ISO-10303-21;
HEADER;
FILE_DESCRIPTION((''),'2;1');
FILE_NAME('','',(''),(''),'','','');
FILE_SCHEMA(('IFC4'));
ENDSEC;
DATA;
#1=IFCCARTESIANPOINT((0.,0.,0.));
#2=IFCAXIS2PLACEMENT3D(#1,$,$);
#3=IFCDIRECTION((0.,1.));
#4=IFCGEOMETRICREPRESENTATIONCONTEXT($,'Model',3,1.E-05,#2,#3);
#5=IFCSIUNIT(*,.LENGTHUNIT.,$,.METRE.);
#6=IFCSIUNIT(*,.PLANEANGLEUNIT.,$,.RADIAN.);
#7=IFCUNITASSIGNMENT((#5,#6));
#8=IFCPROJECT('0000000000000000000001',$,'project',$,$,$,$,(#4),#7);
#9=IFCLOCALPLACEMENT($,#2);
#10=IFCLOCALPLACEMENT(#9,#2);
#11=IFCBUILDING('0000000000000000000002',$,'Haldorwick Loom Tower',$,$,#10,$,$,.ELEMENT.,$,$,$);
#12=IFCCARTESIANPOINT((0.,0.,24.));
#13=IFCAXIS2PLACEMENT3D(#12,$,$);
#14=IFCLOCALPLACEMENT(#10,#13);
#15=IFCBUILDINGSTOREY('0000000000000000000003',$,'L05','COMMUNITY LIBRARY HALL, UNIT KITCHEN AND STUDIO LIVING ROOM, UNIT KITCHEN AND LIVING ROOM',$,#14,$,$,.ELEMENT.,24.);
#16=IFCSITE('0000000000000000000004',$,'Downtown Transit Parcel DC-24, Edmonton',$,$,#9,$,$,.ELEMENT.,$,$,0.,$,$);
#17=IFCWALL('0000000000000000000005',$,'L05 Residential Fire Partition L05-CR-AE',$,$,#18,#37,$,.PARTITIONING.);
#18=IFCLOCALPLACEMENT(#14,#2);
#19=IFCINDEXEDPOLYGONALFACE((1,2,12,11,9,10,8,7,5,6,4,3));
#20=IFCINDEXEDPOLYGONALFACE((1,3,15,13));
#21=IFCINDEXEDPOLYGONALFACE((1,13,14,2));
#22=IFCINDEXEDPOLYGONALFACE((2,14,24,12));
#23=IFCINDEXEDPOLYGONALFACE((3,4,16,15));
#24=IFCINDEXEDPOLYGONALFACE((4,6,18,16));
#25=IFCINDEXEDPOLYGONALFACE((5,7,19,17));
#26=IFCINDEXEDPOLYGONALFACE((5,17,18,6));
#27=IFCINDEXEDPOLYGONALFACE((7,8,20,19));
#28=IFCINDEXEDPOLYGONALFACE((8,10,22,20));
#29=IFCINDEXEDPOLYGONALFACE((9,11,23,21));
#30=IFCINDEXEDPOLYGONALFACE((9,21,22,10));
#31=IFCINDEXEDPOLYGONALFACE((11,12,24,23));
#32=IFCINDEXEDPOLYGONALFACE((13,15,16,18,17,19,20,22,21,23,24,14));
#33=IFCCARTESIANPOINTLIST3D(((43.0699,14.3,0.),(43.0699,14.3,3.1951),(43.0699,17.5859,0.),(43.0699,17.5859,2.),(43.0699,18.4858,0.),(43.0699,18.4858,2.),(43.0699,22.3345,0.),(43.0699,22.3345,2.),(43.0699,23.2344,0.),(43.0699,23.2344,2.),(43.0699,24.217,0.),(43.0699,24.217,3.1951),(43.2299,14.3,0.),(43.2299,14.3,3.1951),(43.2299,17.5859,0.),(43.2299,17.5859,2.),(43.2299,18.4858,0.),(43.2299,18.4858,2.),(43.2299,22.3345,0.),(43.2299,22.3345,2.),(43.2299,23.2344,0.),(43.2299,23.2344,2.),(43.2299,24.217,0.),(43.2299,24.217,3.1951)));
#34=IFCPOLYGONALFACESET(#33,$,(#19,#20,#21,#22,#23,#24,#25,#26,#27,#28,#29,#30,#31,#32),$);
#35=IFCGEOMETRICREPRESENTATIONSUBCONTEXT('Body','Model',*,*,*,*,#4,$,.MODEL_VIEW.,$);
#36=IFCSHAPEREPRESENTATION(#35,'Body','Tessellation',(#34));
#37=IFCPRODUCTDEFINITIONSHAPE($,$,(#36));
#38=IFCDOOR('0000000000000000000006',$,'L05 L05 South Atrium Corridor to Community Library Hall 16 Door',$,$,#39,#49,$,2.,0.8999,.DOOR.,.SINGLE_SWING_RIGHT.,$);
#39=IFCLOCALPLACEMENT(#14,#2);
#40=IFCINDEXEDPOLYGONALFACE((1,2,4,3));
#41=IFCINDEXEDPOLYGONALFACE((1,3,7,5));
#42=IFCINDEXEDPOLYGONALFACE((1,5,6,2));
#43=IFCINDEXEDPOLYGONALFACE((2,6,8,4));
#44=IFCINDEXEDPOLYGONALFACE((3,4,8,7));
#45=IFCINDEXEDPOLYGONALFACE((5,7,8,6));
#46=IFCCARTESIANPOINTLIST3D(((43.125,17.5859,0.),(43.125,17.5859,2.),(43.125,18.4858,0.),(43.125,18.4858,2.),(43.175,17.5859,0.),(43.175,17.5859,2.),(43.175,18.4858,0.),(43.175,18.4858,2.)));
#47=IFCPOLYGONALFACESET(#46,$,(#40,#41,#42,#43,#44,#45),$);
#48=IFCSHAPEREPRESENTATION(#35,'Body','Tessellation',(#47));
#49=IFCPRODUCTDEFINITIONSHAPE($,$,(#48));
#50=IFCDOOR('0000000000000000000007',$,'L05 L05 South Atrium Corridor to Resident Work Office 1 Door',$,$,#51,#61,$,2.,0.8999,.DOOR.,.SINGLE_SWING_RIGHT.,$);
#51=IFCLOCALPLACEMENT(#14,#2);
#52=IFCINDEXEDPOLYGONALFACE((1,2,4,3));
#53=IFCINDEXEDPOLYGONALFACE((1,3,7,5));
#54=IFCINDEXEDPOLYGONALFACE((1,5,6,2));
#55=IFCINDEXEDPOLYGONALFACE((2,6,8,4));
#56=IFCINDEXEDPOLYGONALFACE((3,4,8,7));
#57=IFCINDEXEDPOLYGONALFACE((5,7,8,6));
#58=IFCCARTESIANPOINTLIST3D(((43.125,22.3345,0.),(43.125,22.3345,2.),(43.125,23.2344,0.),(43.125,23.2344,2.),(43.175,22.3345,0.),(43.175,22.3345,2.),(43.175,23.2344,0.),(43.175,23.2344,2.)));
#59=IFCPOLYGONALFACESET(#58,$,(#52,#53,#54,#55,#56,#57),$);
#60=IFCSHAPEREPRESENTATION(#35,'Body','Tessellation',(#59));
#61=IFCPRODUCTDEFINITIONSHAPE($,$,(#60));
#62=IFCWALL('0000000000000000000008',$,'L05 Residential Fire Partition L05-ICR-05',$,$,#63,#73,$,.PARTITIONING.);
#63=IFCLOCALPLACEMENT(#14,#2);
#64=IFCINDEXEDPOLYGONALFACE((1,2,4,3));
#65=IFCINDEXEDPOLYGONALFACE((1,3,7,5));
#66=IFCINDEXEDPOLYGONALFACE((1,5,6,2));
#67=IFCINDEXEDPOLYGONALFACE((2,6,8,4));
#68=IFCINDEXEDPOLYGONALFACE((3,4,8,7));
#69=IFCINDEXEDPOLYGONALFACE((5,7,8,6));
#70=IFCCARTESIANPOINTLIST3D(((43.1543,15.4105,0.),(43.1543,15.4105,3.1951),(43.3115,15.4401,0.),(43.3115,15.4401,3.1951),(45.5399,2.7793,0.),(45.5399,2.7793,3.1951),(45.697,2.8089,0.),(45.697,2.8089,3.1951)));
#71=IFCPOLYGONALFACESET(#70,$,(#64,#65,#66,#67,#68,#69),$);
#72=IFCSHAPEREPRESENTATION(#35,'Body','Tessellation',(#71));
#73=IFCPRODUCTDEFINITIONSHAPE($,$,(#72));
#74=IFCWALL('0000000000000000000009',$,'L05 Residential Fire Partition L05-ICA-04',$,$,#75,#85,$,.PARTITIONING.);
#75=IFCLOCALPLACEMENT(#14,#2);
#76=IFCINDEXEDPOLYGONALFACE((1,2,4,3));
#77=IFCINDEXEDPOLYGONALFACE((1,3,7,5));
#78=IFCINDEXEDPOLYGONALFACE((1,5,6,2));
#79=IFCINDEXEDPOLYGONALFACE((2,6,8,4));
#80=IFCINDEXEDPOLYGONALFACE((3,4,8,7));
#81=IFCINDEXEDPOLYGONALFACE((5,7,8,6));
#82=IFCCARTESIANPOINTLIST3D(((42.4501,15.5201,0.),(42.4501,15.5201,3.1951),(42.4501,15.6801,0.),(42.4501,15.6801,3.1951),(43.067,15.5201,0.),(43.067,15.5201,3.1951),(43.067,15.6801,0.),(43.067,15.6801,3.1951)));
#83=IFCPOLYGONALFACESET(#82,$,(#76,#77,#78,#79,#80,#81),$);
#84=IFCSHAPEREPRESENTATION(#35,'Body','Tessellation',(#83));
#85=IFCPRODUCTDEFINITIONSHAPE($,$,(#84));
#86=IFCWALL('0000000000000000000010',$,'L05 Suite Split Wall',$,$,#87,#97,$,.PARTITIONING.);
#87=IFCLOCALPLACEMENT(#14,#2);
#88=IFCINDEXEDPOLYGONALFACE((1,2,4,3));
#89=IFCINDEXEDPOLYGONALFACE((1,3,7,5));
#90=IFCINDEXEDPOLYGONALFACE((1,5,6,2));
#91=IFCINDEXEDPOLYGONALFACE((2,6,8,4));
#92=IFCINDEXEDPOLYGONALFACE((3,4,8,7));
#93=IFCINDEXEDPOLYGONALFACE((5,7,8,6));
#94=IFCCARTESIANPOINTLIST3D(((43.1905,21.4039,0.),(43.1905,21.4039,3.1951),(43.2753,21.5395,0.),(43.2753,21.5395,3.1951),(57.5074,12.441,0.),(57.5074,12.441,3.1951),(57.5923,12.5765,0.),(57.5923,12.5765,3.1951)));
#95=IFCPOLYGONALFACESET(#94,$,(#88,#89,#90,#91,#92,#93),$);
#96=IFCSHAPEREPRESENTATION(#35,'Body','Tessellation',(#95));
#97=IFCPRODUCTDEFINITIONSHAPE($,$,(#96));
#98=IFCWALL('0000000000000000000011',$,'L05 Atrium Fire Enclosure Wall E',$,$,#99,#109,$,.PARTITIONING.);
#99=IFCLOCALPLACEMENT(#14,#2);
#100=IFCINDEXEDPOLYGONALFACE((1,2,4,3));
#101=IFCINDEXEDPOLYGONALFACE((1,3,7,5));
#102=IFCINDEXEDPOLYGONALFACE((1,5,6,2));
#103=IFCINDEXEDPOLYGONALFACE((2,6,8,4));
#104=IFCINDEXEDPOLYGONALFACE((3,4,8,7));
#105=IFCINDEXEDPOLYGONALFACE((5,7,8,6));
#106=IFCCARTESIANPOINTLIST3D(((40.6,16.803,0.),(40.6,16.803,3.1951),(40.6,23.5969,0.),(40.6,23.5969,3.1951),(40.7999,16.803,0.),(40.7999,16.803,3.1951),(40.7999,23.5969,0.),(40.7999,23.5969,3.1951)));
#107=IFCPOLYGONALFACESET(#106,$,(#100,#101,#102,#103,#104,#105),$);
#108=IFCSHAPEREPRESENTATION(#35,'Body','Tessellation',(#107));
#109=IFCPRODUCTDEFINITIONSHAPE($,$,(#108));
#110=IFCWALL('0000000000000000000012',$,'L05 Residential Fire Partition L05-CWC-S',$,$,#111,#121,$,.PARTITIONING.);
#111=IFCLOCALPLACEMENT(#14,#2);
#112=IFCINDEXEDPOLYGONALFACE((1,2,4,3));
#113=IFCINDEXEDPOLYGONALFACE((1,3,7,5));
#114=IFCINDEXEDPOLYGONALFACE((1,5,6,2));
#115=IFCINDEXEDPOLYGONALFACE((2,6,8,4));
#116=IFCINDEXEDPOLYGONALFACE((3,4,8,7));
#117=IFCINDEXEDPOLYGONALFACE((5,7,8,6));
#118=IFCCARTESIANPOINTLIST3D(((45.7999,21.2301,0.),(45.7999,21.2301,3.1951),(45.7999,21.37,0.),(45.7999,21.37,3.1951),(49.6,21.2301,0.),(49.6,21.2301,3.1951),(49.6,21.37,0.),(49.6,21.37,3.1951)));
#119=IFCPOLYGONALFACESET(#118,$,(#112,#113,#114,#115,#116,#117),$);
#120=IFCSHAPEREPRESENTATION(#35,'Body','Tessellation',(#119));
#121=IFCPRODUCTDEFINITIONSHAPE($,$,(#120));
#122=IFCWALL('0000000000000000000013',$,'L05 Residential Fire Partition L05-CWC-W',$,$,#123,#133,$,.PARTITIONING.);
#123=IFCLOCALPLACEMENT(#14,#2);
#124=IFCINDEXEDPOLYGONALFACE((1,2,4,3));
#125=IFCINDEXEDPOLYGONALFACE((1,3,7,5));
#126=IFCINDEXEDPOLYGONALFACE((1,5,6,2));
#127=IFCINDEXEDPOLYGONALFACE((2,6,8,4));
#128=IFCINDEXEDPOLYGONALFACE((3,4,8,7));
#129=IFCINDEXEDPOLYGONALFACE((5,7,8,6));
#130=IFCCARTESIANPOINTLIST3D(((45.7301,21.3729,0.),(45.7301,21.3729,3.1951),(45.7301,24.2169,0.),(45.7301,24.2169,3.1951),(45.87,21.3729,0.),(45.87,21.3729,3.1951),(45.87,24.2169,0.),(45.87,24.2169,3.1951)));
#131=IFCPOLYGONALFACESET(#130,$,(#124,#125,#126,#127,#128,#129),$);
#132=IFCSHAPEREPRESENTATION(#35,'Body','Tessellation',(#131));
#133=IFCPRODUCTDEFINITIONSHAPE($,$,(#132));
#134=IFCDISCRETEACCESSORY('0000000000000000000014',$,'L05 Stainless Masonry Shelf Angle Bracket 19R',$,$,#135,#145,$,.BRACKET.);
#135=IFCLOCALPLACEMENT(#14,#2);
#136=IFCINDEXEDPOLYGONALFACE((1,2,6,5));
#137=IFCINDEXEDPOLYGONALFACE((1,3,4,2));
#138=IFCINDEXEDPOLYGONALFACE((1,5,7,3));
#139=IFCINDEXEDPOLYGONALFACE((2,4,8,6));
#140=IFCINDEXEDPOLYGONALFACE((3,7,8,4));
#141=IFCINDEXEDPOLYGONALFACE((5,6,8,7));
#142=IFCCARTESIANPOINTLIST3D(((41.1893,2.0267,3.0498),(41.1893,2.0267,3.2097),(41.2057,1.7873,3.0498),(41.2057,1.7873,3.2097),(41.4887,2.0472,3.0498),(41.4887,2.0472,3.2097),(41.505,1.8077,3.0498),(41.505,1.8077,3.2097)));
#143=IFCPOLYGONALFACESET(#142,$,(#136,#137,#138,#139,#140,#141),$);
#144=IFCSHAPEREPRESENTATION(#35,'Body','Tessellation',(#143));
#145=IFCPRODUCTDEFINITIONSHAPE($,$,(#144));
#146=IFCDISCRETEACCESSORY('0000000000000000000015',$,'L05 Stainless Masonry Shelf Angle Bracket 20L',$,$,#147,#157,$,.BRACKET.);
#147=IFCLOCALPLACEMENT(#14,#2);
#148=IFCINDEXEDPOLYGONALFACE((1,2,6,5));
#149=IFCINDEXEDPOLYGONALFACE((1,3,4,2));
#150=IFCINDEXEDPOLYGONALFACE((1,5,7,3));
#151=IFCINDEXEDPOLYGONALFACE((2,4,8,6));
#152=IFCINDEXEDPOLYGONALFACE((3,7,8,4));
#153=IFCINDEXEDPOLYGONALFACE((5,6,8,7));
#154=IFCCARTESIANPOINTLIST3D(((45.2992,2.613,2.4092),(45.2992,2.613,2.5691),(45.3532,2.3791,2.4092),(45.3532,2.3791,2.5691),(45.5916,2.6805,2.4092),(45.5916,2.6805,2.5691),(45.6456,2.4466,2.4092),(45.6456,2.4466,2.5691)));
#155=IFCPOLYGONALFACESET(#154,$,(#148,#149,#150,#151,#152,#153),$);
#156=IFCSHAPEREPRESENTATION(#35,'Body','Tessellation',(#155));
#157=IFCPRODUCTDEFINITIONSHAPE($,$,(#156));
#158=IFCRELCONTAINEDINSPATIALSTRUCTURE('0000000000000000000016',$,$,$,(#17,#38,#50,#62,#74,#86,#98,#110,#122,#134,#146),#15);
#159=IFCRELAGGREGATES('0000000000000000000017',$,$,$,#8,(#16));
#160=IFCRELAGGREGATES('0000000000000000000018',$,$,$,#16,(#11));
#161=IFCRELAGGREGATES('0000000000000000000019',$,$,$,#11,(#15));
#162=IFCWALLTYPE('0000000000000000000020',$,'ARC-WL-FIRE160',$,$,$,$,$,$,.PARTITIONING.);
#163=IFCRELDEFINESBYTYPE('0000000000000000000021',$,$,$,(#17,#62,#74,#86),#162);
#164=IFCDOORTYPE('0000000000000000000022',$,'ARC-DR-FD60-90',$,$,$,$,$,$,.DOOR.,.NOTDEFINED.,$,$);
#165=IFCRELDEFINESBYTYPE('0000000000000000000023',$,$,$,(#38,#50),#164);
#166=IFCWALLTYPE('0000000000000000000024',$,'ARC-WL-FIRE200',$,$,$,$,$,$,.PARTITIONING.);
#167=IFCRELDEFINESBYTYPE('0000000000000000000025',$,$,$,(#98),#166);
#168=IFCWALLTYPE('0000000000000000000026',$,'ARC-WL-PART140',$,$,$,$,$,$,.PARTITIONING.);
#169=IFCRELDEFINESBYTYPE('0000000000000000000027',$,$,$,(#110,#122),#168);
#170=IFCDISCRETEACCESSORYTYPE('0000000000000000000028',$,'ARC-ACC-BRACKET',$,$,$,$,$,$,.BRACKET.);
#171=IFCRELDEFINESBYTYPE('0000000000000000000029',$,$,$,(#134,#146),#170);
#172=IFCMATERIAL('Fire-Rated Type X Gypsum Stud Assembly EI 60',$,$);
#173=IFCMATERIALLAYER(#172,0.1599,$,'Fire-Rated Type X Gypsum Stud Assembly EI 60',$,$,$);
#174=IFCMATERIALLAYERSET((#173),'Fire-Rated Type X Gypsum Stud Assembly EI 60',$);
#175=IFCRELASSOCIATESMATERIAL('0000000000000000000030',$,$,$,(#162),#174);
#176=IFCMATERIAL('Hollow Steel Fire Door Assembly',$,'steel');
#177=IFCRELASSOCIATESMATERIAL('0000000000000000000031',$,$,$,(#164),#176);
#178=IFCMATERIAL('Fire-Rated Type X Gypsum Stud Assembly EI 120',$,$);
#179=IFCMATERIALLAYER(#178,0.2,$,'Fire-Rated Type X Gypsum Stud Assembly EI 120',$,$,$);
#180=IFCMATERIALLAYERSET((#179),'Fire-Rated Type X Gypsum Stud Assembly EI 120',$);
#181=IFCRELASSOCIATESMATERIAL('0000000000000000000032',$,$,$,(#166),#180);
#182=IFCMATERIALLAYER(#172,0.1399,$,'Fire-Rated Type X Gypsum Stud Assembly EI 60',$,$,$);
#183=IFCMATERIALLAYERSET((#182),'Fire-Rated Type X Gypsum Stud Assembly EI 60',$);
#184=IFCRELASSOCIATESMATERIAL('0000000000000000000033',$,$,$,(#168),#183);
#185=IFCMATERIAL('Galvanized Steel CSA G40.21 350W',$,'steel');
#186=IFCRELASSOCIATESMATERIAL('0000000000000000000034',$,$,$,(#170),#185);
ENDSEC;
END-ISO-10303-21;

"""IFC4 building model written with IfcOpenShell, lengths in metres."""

from ifc_helpers import new_model, si_unit, direction, frame, frame_2d, origin, origin_2d, place, context, subcontext, project, spatial, rectangle, extrude, material, layer, layer_set, type_object, element, fill, save


model = new_model("IFC4")

# Units and contexts
model_context = context("Model", 3, precision=1e-05, world=origin(), true_north=direction((0.0, 1.0)))
body_context = subcontext(model_context, "Body", "Model", "MODEL_VIEW")
ifc_project = project(units=[si_unit("LENGTHUNIT", "METRE"), si_unit("PLANEANGLEUNIT", "RADIAN")], contexts=[model_context])

# Site, building, storey
site_placement = place(None, origin())
site = spatial("IfcSite", under=ifc_project, at=site_placement, Name="Downtown Transit Parcel DC-24, Edmonton", CompositionType="ELEMENT", RefElevation=0.0)
building_placement = place(site_placement, origin())
building = spatial("IfcBuilding", under=site, at=building_placement, Name="Haldorwick Loom Tower", CompositionType="ELEMENT")
storey_placement = place(building_placement, frame((0.0, 0.0, 24.0)))
storey = spatial("IfcBuildingStorey", under=building, at=storey_placement, Name="L05", Description="COMMUNITY LIBRARY HALL, UNIT KITCHEN AND STUDIO LIVING ROOM, UNIT KITCHEN AND LIVING ROOM", CompositionType="ELEMENT", Elevation=24.0)

# Wall, openings, doors
ifc_material_1 = material(Name="Fire-Rated Type X Gypsum Stud Assembly EI 60")
ifc_layer_1 = layer(ifc_material_1, 0.1599, Name="Fire-Rated Type X Gypsum Stud Assembly EI 60")
ifc_layer_set_1 = layer_set([ifc_layer_1], Name="Fire-Rated Type X Gypsum Stud Assembly EI 60")
wall_type_1 = type_object("IfcWallType", Name="ARC-WL-FIRE160", PredefinedType="PARTITIONING", material=ifc_layer_set_1)
wall_1_placement = place(storey_placement, frame((43.1499, 14.3, 0.0), z_axis=(0.0, 0.0, 1.0), x_axis=(0.0, 1.0, 0.0)))
wall_1 = element("IfcWall", 1, at=wall_1_placement, inside=storey, type_object=wall_type_1, Name="L05 Residential Fire Partition L05-CR-AE", PredefinedType="PARTITIONING", context=body_context, shape_type="SweptSolid", body=[
    extrude(rectangle(XDim=9.917, YDim=0.1599, at=frame_2d((4.9585, 0.0))), origin(), (0.0, 0.0, 1.0), 3.1951),
])
opening_1_placement = place(wall_1_placement, frame((3.2859, 0.0, 0.0)))
opening_1 = element("IfcOpeningElement", 2, at=opening_1_placement, cuts=wall_1, PredefinedType="OPENING", context=body_context, shape_type="SweptSolid", body=[
    extrude(rectangle(XDim=0.8999, YDim=2.0, at=frame_2d((0.45, 1.0))), frame((0.0, 0.0898, 0.0), z_axis=(0.0, -1.0, 0.0), x_axis=(1.0, 0.0, 0.0)), (0.0, 0.0, 1.0), 0.1799),
])
opening_2_placement = place(wall_1_placement, frame((8.0344, 0.0, 0.0)))
opening_2 = element("IfcOpeningElement", 3, at=opening_2_placement, cuts=wall_1, PredefinedType="OPENING", context=body_context, shape_type="SweptSolid", body=[
    extrude(rectangle(XDim=0.8999, YDim=2.0, at=frame_2d((0.45, 1.0))), frame((0.0, 0.0898, 0.0), z_axis=(0.0, -1.0, 0.0), x_axis=(1.0, 0.0, 0.0)), (0.0, 0.0, 1.0), 0.1799),
])
ifc_material_2 = material(Name="Hollow Steel Fire Door Assembly", Category="steel")
door_type = type_object("IfcDoorType", Name="ARC-DR-FD60-90", OperationType="NOTDEFINED", PredefinedType="DOOR", material=ifc_material_2)
door_1_placement = place(opening_1_placement, origin())
door_1 = element("IfcDoor", 4, at=door_1_placement, inside=storey, type_object=door_type, Name="L05 L05 South Atrium Corridor to Community Library Hall 16 Door", OperationType="SINGLE_SWING_RIGHT", OverallHeight=2.0, OverallWidth=0.8999, PredefinedType="DOOR", context=body_context, shape_type="SweptSolid", body=[
    extrude(rectangle(XDim=0.8999, YDim=2.0, at=frame_2d((0.45, 1.0))), frame((0.0, 0.0249, 0.0), z_axis=(0.0, -1.0, 0.0), x_axis=(1.0, 0.0, 0.0)), (0.0, 0.0, 1.0), 0.05),
])
fill(opening_1, door_1)
door_2_placement = place(opening_2_placement, origin())
door_2 = element("IfcDoor", 5, at=door_2_placement, inside=storey, type_object=door_type, Name="L05 L05 South Atrium Corridor to Resident Work Office 1 Door", OperationType="SINGLE_SWING_RIGHT", OverallHeight=2.0, OverallWidth=0.8999, PredefinedType="DOOR", context=body_context, shape_type="SweptSolid", body=[
    extrude(rectangle(XDim=0.8999, YDim=2.0, at=frame_2d((0.45, 1.0))), frame((0.0, 0.0249, 0.0), z_axis=(0.0, -1.0, 0.0), x_axis=(1.0, 0.0, 0.0)), (0.0, 0.0, 1.0), 0.05),
])
fill(opening_2, door_2)

# Walls
wall_2_placement = place(storey_placement, frame((43.2329, 15.4253, 0.0), z_axis=(0.0, 0.0, 1.0), x_axis=(0.185578, -0.982629, 0.0)))
element("IfcWall", 6, at=wall_2_placement, inside=storey, type_object=wall_type_1, Name="L05 Residential Fire Partition L05-ICR-05", PredefinedType="PARTITIONING", context=body_context, shape_type="SweptSolid", body=[
    extrude(rectangle(XDim=12.8545, YDim=0.1599, at=frame_2d((6.4272, 0.0))), origin(), (0.0, 0.0, 1.0), 3.1951),
])
wall_3_placement = place(storey_placement, frame((42.45, 15.6001, 0.0), z_axis=(0.0, 0.0, 1.0), x_axis=(1.0, 0.0, 0.0)))
element("IfcWall", 7, at=wall_3_placement, inside=storey, type_object=wall_type_1, Name="L05 Residential Fire Partition L05-ICA-04", PredefinedType="PARTITIONING", context=body_context, shape_type="SweptSolid", body=[
    extrude(rectangle(XDim=0.6169, YDim=0.1599, at=frame_2d((0.3086, 0.0))), origin(), (0.0, 0.0, 1.0), 3.1951),
])
wall_4_placement = place(storey_placement, frame((43.2329, 21.4717, 0.0), z_axis=(0.0, 0.0, 1.0), x_axis=(0.847603, -0.53063, 0.0)))
element("IfcWall", 8, at=wall_4_placement, inside=storey, type_object=wall_type_1, Name="L05 Suite Split Wall", PredefinedType="PARTITIONING", context=body_context, shape_type="SweptSolid", body=[
    extrude(rectangle(XDim=16.8911, YDim=0.1599, at=frame_2d((8.4456, 0.0))), origin(), (0.0, 0.0, 1.0), 3.1951),
])
ifc_material_3 = material(Name="Fire-Rated Type X Gypsum Stud Assembly EI 120")
ifc_layer_2 = layer(ifc_material_3, 0.2, Name="Fire-Rated Type X Gypsum Stud Assembly EI 120")
ifc_layer_set_2 = layer_set([ifc_layer_2], Name="Fire-Rated Type X Gypsum Stud Assembly EI 120")
wall_type_2 = type_object("IfcWallType", Name="ARC-WL-FIRE200", PredefinedType="PARTITIONING", material=ifc_layer_set_2)
wall_5_placement = place(storey_placement, frame((40.7, 23.5969, 0.0), z_axis=(0.0, 0.0, 1.0), x_axis=(0.0, -1.0, 0.0)))
element("IfcWall", 9, at=wall_5_placement, inside=storey, type_object=wall_type_2, Name="L05 Atrium Fire Enclosure Wall E", PredefinedType="PARTITIONING", context=body_context, shape_type="SweptSolid", body=[
    extrude(rectangle(XDim=6.7939, YDim=0.2, at=frame_2d((3.397, 0.0))), origin(), (0.0, 0.0, 1.0), 3.1951),
])
ifc_layer_3 = layer(ifc_material_1, 0.1399, Name="Fire-Rated Type X Gypsum Stud Assembly EI 60")
ifc_layer_set_3 = layer_set([ifc_layer_3], Name="Fire-Rated Type X Gypsum Stud Assembly EI 60")
wall_type_3 = type_object("IfcWallType", Name="ARC-WL-PART140", PredefinedType="PARTITIONING", material=ifc_layer_set_3)
wall_6_placement = place(storey_placement, frame((45.8, 21.3, 0.0), z_axis=(0.0, 0.0, 1.0), x_axis=(1.0, 0.0, 0.0)))
element("IfcWall", 10, at=wall_6_placement, inside=storey, type_object=wall_type_3, Name="L05 Residential Fire Partition L05-CWC-S", PredefinedType="PARTITIONING", context=body_context, shape_type="SweptSolid", body=[
    extrude(rectangle(XDim=3.8, YDim=0.1399, at=frame_2d((1.8999, 0.0))), origin(), (0.0, 0.0, 1.0), 3.1951),
])
wall_7_placement = place(storey_placement, frame((45.8, 21.373, 0.0), z_axis=(0.0, 0.0, 1.0), x_axis=(0.0, 1.0, 0.0)))
element("IfcWall", 11, at=wall_7_placement, inside=storey, type_object=wall_type_3, Name="L05 Residential Fire Partition L05-CWC-W", PredefinedType="PARTITIONING", context=body_context, shape_type="SweptSolid", body=[
    extrude(rectangle(XDim=2.844, YDim=0.1399, at=frame_2d((1.4219, 0.0))), origin(), (0.0, 0.0, 1.0), 3.1951),
])

# Discrete accessories
ifc_material_4 = material(Name="Galvanized Steel CSA G40.21 350W", Category="steel")
discrete_accessory_type = type_object("IfcDiscreteAccessoryType", Name="ARC-ACC-BRACKET", PredefinedType="BRACKET", material=ifc_material_4)
for number, where, z_axis, x_axis, name in (
    (12, (41.3472, 1.9172, 3.0498), (0.0, 0.0, 1.0), (0.997684, 0.068015, 0.0), "L05 Stainless Masonry Shelf Angle Bracket 19R"),
    (13, (45.4724, 2.5298, 2.4092), (0.0, 0.0, 1.0), (0.97437, 0.224951, 0.0), "L05 Stainless Masonry Shelf Angle Bracket 20L"),
):
    element("IfcDiscreteAccessory", number, at=place(storey_placement, frame(where, z_axis=z_axis, x_axis=x_axis)), inside=storey, type_object=discrete_accessory_type, Name=name, PredefinedType="BRACKET", context=body_context, shape_type="SweptSolid", body=[
        extrude(rectangle(XDim=0.3, YDim=0.24, at=origin_2d()), origin(), (0.0, 0.0, 1.0), 0.1599),
    ])

save(model, "model.ifc")
